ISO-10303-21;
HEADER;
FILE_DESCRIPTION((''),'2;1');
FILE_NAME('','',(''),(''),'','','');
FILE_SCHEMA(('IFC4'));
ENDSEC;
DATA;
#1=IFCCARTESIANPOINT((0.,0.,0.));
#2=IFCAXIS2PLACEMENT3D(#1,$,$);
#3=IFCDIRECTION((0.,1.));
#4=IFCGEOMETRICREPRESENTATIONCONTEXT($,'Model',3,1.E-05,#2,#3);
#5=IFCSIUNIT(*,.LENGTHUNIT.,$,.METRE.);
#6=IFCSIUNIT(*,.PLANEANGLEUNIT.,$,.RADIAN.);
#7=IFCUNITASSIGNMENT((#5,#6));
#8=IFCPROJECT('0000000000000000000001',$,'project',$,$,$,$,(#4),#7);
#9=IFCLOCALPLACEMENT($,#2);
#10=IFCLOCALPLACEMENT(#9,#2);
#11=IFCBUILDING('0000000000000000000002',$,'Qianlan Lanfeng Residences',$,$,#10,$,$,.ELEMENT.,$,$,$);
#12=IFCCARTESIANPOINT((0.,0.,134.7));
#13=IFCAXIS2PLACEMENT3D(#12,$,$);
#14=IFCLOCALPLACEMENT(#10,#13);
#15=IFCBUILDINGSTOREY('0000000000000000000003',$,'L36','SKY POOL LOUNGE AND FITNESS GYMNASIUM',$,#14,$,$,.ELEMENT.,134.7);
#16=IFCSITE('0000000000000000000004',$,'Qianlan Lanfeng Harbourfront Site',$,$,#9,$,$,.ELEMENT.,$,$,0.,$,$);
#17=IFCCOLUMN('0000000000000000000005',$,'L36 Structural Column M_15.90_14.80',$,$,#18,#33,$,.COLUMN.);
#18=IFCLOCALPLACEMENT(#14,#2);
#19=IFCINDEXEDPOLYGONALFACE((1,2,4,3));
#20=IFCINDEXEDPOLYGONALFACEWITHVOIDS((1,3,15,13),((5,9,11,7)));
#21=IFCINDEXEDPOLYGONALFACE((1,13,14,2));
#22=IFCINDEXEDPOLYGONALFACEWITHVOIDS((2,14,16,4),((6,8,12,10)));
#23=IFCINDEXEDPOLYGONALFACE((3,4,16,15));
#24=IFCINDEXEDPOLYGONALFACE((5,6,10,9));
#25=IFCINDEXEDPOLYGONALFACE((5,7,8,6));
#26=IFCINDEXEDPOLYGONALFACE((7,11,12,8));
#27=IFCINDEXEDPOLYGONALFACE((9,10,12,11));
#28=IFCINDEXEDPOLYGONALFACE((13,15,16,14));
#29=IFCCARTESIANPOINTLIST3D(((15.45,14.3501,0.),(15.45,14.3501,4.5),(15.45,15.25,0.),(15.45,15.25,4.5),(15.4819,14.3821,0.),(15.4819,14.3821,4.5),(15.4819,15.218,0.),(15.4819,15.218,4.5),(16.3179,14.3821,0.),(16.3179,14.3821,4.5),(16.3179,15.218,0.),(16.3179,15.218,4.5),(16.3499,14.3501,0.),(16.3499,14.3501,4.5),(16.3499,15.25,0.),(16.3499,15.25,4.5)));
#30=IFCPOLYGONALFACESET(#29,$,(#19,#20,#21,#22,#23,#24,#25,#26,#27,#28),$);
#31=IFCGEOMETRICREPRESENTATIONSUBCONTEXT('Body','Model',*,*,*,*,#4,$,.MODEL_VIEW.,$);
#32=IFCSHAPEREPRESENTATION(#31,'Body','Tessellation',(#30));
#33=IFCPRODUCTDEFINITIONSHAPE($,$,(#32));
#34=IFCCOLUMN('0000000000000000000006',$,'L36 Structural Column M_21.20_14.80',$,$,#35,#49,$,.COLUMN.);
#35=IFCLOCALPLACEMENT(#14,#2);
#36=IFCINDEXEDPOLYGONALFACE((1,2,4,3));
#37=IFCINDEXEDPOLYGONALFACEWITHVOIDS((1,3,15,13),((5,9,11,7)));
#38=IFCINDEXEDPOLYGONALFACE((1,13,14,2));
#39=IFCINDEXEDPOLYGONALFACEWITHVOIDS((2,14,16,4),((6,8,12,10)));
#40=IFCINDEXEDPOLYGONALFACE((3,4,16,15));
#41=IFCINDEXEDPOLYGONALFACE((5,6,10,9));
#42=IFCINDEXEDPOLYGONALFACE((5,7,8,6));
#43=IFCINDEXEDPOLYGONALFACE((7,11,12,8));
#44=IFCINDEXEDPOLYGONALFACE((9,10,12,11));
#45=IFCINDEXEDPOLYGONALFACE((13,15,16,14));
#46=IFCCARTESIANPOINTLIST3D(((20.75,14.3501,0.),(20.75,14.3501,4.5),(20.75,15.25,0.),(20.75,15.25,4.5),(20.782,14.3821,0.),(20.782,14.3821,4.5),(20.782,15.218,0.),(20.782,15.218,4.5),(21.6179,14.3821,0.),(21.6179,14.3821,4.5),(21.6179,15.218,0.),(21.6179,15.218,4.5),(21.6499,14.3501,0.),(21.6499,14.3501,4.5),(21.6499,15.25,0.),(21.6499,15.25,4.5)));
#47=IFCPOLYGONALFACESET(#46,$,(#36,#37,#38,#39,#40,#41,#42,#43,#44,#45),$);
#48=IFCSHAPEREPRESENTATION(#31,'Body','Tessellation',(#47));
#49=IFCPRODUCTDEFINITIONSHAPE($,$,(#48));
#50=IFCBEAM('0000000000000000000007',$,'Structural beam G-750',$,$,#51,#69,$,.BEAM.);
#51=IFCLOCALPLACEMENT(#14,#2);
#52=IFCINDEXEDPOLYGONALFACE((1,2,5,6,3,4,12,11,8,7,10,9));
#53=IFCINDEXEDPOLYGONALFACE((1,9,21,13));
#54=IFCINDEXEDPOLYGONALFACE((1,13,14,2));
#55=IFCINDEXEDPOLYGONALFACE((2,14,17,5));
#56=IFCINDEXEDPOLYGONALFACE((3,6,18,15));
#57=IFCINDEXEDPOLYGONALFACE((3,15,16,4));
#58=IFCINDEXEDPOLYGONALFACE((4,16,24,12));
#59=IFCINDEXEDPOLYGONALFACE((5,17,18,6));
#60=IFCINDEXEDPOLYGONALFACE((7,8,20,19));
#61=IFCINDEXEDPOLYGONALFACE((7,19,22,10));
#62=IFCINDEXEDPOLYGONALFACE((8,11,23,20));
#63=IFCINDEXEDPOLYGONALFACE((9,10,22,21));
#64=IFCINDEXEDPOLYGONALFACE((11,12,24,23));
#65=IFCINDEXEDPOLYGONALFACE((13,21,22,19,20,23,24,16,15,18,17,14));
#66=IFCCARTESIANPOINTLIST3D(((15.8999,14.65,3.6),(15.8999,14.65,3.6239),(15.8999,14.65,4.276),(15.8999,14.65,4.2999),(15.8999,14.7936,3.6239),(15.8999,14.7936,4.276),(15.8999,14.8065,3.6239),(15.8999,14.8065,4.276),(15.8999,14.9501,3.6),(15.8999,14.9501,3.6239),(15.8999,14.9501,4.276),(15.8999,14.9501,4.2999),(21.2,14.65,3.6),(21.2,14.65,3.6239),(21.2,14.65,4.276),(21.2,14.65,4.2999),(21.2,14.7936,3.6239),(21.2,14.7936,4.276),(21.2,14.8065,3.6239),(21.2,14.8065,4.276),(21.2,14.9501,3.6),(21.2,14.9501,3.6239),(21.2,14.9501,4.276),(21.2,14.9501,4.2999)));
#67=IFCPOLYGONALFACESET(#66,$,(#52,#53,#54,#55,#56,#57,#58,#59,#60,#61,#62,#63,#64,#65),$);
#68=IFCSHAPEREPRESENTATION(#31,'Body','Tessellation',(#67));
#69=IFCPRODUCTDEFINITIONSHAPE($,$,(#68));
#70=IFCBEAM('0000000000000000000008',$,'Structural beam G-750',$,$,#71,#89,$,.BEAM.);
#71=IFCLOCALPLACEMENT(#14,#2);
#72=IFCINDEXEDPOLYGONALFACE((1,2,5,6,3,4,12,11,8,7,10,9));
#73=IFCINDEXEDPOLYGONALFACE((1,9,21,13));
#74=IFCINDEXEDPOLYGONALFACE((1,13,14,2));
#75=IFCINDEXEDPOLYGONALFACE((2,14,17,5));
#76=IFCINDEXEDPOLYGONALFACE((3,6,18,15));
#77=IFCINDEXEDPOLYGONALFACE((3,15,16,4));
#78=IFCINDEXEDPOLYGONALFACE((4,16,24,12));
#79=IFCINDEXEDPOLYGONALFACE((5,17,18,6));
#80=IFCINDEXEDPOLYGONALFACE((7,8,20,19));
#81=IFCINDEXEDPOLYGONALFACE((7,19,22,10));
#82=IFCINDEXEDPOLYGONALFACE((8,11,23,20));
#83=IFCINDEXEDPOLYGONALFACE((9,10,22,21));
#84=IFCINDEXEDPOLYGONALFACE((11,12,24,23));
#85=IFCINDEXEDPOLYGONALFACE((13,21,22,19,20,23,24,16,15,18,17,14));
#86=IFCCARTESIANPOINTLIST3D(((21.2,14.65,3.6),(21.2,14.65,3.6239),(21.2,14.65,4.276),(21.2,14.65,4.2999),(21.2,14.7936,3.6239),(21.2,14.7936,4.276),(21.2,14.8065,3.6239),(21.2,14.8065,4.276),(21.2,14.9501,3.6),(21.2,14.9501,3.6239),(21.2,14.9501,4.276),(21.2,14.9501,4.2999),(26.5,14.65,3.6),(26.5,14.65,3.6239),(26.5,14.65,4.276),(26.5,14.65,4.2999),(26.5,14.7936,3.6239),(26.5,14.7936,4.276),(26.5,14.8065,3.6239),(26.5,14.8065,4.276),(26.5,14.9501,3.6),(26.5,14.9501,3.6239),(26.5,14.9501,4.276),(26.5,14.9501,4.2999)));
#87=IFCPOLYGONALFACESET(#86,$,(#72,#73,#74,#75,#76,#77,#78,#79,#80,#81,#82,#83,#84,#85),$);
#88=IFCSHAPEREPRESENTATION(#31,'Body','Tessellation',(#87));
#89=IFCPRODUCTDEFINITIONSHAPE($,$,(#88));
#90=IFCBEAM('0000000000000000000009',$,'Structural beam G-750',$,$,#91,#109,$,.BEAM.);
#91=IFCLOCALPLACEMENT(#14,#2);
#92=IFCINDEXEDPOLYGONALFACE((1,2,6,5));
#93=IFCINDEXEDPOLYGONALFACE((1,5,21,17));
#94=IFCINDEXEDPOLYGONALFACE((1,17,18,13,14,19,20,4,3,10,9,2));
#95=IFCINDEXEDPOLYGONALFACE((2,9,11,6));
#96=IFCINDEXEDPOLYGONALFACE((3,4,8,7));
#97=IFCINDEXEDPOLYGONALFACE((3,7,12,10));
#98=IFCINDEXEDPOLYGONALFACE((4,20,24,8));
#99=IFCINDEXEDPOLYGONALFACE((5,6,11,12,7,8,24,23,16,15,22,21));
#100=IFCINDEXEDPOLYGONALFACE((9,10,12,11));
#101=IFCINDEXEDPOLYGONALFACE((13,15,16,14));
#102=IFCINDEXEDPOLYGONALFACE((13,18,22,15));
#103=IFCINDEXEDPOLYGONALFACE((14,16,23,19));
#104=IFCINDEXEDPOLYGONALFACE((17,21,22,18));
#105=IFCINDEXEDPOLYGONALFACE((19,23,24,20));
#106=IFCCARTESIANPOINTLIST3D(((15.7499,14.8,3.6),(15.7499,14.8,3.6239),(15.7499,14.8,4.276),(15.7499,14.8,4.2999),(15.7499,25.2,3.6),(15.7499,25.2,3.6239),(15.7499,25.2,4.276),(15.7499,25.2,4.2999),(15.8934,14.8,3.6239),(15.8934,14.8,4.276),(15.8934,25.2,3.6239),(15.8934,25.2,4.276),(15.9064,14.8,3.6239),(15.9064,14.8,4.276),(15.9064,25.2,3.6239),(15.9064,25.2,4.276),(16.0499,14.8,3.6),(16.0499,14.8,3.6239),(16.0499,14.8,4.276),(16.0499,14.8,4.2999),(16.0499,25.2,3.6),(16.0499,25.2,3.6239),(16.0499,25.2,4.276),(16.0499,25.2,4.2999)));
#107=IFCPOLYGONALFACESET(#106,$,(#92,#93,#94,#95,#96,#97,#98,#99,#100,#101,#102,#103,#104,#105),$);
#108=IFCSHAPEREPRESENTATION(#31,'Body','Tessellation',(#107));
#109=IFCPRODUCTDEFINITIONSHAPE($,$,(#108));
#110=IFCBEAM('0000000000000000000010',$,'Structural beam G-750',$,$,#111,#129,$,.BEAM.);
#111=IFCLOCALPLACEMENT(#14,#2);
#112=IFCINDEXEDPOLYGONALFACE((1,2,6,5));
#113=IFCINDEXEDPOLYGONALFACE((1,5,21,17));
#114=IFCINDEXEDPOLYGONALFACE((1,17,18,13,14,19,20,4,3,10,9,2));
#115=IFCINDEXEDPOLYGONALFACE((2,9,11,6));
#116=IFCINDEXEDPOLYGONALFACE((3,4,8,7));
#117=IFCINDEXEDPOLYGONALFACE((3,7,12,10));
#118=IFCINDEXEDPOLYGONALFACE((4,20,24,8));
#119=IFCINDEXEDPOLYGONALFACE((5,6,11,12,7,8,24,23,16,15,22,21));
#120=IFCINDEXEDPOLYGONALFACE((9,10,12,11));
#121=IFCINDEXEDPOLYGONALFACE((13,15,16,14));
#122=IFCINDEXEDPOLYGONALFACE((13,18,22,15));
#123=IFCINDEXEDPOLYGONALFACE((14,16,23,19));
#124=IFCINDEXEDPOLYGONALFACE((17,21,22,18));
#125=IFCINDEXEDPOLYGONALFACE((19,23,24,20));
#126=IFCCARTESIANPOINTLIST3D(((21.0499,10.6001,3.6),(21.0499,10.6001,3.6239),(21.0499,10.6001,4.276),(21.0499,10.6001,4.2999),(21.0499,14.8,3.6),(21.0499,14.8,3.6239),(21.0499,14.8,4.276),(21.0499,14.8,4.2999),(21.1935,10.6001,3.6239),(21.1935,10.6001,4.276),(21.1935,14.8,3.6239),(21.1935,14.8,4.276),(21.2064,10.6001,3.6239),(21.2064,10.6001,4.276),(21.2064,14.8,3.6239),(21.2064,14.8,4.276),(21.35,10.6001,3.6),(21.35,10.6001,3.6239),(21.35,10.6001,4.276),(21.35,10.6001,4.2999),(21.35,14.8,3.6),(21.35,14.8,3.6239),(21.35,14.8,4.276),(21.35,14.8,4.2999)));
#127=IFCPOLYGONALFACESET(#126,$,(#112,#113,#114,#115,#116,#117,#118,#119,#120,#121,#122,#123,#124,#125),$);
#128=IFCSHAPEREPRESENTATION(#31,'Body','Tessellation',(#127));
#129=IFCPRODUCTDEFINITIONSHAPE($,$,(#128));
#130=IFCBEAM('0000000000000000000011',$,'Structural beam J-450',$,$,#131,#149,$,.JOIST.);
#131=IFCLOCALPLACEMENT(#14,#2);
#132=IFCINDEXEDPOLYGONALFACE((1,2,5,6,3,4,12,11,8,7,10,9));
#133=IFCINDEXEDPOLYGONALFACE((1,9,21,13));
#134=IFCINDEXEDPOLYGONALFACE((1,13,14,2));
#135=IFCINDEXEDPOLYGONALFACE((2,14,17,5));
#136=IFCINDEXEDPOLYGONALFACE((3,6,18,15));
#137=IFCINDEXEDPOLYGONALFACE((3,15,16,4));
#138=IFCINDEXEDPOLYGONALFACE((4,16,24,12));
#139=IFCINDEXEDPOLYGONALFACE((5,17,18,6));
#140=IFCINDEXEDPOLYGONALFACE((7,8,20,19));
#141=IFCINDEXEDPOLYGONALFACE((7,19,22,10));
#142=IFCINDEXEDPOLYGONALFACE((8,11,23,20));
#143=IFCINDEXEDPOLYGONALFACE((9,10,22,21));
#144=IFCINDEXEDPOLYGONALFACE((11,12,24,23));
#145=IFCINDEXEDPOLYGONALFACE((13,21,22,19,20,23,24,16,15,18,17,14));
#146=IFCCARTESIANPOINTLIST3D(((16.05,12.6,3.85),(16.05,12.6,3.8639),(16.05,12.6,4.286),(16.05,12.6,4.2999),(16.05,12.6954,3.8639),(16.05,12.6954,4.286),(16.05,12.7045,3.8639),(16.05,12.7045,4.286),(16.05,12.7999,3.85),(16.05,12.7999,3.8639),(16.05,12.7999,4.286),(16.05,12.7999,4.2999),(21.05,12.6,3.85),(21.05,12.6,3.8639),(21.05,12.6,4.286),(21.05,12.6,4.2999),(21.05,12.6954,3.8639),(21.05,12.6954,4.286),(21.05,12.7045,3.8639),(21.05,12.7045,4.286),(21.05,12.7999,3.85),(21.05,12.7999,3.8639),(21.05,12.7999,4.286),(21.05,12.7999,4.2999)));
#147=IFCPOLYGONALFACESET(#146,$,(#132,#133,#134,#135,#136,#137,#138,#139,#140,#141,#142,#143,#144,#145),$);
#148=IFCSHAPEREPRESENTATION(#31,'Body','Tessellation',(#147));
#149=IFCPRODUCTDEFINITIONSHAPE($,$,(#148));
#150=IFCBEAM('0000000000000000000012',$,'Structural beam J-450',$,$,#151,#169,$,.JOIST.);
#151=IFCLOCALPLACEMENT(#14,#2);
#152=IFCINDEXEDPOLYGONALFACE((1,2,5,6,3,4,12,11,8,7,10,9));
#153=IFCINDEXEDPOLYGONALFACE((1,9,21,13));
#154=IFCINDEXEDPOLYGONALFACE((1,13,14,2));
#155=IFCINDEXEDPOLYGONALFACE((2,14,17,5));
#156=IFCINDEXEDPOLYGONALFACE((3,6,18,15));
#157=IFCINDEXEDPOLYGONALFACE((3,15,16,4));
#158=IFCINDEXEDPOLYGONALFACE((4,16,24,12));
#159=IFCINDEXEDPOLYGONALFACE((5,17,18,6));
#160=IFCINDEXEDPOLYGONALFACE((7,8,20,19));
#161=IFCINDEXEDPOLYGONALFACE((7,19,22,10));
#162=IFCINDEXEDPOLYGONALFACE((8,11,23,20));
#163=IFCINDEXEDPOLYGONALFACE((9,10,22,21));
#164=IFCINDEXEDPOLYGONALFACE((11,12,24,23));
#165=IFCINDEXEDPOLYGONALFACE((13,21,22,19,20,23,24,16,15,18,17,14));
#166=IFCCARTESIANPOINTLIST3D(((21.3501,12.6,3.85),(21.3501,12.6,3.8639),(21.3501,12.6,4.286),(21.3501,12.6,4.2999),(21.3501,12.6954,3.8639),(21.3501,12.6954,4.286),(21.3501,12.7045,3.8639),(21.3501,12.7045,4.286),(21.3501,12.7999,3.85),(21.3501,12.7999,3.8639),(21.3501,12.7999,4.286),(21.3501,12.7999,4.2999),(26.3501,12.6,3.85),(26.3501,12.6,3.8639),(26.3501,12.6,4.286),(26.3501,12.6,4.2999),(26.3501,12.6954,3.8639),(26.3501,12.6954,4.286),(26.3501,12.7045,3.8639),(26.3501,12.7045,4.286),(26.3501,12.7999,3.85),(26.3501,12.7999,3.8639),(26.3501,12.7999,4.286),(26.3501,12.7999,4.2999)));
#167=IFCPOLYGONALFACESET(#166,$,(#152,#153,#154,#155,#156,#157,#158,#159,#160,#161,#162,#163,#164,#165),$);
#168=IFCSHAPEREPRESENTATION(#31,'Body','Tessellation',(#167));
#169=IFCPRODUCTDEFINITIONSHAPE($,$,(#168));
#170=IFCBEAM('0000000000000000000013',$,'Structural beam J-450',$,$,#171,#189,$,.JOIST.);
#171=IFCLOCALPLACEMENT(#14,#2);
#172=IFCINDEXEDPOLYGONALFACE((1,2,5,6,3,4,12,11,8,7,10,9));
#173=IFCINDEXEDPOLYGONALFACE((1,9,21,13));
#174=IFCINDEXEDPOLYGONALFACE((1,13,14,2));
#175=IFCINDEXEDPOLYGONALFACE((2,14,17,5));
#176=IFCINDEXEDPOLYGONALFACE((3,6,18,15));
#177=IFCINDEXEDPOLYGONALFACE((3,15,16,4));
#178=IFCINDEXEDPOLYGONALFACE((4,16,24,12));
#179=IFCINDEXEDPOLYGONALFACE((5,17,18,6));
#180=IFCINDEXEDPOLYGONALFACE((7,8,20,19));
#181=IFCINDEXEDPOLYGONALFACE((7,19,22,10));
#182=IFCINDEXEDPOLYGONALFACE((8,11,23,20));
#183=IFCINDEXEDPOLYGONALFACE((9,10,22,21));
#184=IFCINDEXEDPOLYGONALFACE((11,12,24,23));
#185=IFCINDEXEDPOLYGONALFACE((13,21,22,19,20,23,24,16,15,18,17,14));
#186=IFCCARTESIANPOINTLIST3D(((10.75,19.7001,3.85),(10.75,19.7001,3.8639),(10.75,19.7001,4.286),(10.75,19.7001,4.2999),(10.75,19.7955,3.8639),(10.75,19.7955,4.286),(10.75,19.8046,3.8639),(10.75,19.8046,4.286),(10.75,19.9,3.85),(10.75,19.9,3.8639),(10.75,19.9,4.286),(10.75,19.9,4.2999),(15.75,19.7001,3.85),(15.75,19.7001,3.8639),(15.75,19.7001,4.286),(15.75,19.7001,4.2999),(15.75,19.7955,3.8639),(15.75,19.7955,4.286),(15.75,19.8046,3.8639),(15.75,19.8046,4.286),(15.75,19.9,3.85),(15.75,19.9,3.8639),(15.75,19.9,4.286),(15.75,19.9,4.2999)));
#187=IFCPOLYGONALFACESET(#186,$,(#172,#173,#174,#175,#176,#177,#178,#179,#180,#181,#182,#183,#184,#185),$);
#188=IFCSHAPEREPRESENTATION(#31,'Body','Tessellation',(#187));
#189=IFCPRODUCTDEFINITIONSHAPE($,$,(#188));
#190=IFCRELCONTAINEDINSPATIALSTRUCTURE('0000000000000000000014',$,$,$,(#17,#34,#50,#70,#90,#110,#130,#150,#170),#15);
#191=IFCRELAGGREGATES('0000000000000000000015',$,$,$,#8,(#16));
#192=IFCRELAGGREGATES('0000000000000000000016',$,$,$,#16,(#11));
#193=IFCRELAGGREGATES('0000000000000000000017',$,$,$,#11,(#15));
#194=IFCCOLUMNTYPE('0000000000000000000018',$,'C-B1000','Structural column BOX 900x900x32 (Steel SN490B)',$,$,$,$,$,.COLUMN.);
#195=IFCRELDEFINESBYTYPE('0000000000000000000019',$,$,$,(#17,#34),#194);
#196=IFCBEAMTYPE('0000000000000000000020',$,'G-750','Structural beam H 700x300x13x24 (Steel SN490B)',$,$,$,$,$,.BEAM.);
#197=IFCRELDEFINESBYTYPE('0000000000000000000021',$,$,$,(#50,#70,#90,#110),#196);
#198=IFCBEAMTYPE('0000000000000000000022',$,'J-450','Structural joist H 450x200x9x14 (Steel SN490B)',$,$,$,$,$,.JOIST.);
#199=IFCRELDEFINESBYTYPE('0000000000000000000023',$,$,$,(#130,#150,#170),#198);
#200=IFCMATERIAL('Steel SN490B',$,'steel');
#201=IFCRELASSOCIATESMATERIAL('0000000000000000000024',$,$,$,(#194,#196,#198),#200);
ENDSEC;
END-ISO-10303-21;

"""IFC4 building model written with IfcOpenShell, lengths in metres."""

from ifc_helpers import new_model, si_unit, direction, frame, origin, origin_2d, place, context, subcontext, project, spatial, hollow_rectangle, i_section, extrude, material, material_profile, profile_set, type_object, element, save


model = new_model("IFC4")

# Units and contexts
model_context = context("Model", 3, precision=1e-05, world=origin(), true_north=direction((0.0, 1.0)))
body_context = subcontext(model_context, "Body", "Model", "MODEL_VIEW")
ifc_project = project(units=[si_unit("LENGTHUNIT", "METRE"), si_unit("PLANEANGLEUNIT", "RADIAN")], contexts=[model_context])

# Site, building, storey
site_placement = place(None, origin())
site = spatial("IfcSite", under=ifc_project, at=site_placement, Name="Qianlan Lanfeng Harbourfront Site", CompositionType="ELEMENT", RefElevation=0.0)
building_placement = place(site_placement, origin())
building = spatial("IfcBuilding", under=site, at=building_placement, Name="Qianlan Lanfeng Residences", CompositionType="ELEMENT")
storey_placement = place(building_placement, frame((0.0, 0.0, 134.7)))
storey = spatial("IfcBuildingStorey", under=building, at=storey_placement, Name="L36", Description="SKY POOL LOUNGE AND FITNESS GYMNASIUM", CompositionType="ELEMENT", Elevation=134.7)

# Columns
ifc_material_1 = material(Name="Steel SN490B", Category="steel")
ifc_material_profile_1 = material_profile(ifc_material_1, hollow_rectangle(XDim=0.8999, YDim=0.8999, WallThickness=0.032, at=origin_2d()), Name="BOX 900x900x32")
ifc_profile_set_1 = profile_set([ifc_material_profile_1], Name="Steel SN490B")
column_type = type_object("IfcColumnType", Name="C-B1000", Description="Structural column BOX 900x900x32 (Steel SN490B)", PredefinedType="COLUMN", material=ifc_profile_set_1)
for number, where, z_axis, x_axis, name in (
    (1, (15.8999, 14.8, 0.0), (0.0, 0.0, 1.0), (1.0, 0.0, 0.0), "L36 Structural Column M_15.90_14.80"),
    (2, (21.2, 14.8, 0.0), (0.0, 0.0, 1.0), (1.0, 0.0, 0.0), "L36 Structural Column M_21.20_14.80"),
):
    element("IfcColumn", number, at=place(storey_placement, frame(where, z_axis=z_axis, x_axis=x_axis)), inside=storey, type_object=column_type, Name=name, PredefinedType="COLUMN", context=body_context, shape_type="SweptSolid", body=[
        extrude(hollow_rectangle(XDim=0.8999, YDim=0.8999, WallThickness=0.032, at=origin_2d()), origin(), (0.0, 0.0, 1.0), 4.5),
    ])

# Beams
ifc_material_profile_2 = material_profile(ifc_material_1, i_section(OverallWidth=0.3, OverallDepth=0.7, WebThickness=0.0129, FlangeThickness=0.0239, at=origin_2d()), Name="H 700x300x13x24")
ifc_profile_set_2 = profile_set([ifc_material_profile_2], Name="Steel SN490B")
beam_type_1 = type_object("IfcBeamType", Name="G-750", Description="Structural beam H 700x300x13x24 (Steel SN490B)", PredefinedType="BEAM", material=ifc_profile_set_2)
for number, where, z_axis, x_axis, name in (
    (3, (15.8999, 14.8, 3.95), (1.0, 0.0, 0.0), (0.0, 1.0, 0.0), "Structural beam G-750"),
    (4, (21.2, 14.8, 3.95), (1.0, 0.0, 0.0), (0.0, 1.0, 0.0), "Structural beam G-750"),
):
    element("IfcBeam", number, at=place(storey_placement, frame(where, z_axis=z_axis, x_axis=x_axis)), inside=storey, type_object=beam_type_1, Name=name, PredefinedType="BEAM", context=body_context, shape_type="SweptSolid", body=[
        extrude(i_section(OverallWidth=0.3, OverallDepth=0.7, WebThickness=0.0129, FlangeThickness=0.0239, at=origin_2d()), origin(), (0.0, 0.0, 1.0), 5.3),
    ])
beam_1_placement = place(storey_placement, frame((15.8999, 14.8, 3.95), z_axis=(0.0, 1.0, 0.0), x_axis=(-1.0, 0.0, 0.0)))
element("IfcBeam", 5, at=beam_1_placement, inside=storey, type_object=beam_type_1, Name="Structural beam G-750", PredefinedType="BEAM", context=body_context, shape_type="SweptSolid", body=[
    extrude(i_section(OverallWidth=0.3, OverallDepth=0.7, WebThickness=0.0129, FlangeThickness=0.0239, at=origin_2d()), origin(), (0.0, 0.0, 1.0), 10.3999),
])
beam_2_placement = place(storey_placement, frame((21.2, 10.6001, 3.95), z_axis=(0.0, 1.0, 0.0), x_axis=(-1.0, 0.0, 0.0)))
element("IfcBeam", 6, at=beam_2_placement, inside=storey, type_object=beam_type_1, Name="Structural beam G-750", PredefinedType="BEAM", context=body_context, shape_type="SweptSolid", body=[
    extrude(i_section(OverallWidth=0.3, OverallDepth=0.7, WebThickness=0.0129, FlangeThickness=0.0239, at=origin_2d()), origin(), (0.0, 0.0, 1.0), 4.2),
])
ifc_material_profile_3 = material_profile(ifc_material_1, i_section(OverallWidth=0.2, OverallDepth=0.45, WebThickness=0.009, FlangeThickness=0.0139, at=origin_2d()), Name="H 450x200x9x14")
ifc_profile_set_3 = profile_set([ifc_material_profile_3], Name="Steel SN490B")
beam_type_2 = type_object("IfcBeamType", Name="J-450", Description="Structural joist H 450x200x9x14 (Steel SN490B)", PredefinedType="JOIST", material=ifc_profile_set_3)
for number, where, z_axis, x_axis, name in (
    (7, (16.05, 12.7, 4.075), (1.0, 0.0, 0.0), (0.0, 1.0, 0.0), "Structural beam J-450"),
    (8, (21.3501, 12.7, 4.075), (1.0, 0.0, 0.0), (0.0, 1.0, 0.0), "Structural beam J-450"),
    (9, (10.75, 19.8, 4.075), (1.0, 0.0, 0.0), (0.0, 1.0, 0.0), "Structural beam J-450"),
):
    element("IfcBeam", number, at=place(storey_placement, frame(where, z_axis=z_axis, x_axis=x_axis)), inside=storey, type_object=beam_type_2, Name=name, PredefinedType="JOIST", context=body_context, shape_type="SweptSolid", body=[
        extrude(i_section(OverallWidth=0.2, OverallDepth=0.45, WebThickness=0.009, FlangeThickness=0.0139, at=origin_2d()), origin(), (0.0, 0.0, 1.0), 5.0),
    ])

save(model, "model.ifc")
